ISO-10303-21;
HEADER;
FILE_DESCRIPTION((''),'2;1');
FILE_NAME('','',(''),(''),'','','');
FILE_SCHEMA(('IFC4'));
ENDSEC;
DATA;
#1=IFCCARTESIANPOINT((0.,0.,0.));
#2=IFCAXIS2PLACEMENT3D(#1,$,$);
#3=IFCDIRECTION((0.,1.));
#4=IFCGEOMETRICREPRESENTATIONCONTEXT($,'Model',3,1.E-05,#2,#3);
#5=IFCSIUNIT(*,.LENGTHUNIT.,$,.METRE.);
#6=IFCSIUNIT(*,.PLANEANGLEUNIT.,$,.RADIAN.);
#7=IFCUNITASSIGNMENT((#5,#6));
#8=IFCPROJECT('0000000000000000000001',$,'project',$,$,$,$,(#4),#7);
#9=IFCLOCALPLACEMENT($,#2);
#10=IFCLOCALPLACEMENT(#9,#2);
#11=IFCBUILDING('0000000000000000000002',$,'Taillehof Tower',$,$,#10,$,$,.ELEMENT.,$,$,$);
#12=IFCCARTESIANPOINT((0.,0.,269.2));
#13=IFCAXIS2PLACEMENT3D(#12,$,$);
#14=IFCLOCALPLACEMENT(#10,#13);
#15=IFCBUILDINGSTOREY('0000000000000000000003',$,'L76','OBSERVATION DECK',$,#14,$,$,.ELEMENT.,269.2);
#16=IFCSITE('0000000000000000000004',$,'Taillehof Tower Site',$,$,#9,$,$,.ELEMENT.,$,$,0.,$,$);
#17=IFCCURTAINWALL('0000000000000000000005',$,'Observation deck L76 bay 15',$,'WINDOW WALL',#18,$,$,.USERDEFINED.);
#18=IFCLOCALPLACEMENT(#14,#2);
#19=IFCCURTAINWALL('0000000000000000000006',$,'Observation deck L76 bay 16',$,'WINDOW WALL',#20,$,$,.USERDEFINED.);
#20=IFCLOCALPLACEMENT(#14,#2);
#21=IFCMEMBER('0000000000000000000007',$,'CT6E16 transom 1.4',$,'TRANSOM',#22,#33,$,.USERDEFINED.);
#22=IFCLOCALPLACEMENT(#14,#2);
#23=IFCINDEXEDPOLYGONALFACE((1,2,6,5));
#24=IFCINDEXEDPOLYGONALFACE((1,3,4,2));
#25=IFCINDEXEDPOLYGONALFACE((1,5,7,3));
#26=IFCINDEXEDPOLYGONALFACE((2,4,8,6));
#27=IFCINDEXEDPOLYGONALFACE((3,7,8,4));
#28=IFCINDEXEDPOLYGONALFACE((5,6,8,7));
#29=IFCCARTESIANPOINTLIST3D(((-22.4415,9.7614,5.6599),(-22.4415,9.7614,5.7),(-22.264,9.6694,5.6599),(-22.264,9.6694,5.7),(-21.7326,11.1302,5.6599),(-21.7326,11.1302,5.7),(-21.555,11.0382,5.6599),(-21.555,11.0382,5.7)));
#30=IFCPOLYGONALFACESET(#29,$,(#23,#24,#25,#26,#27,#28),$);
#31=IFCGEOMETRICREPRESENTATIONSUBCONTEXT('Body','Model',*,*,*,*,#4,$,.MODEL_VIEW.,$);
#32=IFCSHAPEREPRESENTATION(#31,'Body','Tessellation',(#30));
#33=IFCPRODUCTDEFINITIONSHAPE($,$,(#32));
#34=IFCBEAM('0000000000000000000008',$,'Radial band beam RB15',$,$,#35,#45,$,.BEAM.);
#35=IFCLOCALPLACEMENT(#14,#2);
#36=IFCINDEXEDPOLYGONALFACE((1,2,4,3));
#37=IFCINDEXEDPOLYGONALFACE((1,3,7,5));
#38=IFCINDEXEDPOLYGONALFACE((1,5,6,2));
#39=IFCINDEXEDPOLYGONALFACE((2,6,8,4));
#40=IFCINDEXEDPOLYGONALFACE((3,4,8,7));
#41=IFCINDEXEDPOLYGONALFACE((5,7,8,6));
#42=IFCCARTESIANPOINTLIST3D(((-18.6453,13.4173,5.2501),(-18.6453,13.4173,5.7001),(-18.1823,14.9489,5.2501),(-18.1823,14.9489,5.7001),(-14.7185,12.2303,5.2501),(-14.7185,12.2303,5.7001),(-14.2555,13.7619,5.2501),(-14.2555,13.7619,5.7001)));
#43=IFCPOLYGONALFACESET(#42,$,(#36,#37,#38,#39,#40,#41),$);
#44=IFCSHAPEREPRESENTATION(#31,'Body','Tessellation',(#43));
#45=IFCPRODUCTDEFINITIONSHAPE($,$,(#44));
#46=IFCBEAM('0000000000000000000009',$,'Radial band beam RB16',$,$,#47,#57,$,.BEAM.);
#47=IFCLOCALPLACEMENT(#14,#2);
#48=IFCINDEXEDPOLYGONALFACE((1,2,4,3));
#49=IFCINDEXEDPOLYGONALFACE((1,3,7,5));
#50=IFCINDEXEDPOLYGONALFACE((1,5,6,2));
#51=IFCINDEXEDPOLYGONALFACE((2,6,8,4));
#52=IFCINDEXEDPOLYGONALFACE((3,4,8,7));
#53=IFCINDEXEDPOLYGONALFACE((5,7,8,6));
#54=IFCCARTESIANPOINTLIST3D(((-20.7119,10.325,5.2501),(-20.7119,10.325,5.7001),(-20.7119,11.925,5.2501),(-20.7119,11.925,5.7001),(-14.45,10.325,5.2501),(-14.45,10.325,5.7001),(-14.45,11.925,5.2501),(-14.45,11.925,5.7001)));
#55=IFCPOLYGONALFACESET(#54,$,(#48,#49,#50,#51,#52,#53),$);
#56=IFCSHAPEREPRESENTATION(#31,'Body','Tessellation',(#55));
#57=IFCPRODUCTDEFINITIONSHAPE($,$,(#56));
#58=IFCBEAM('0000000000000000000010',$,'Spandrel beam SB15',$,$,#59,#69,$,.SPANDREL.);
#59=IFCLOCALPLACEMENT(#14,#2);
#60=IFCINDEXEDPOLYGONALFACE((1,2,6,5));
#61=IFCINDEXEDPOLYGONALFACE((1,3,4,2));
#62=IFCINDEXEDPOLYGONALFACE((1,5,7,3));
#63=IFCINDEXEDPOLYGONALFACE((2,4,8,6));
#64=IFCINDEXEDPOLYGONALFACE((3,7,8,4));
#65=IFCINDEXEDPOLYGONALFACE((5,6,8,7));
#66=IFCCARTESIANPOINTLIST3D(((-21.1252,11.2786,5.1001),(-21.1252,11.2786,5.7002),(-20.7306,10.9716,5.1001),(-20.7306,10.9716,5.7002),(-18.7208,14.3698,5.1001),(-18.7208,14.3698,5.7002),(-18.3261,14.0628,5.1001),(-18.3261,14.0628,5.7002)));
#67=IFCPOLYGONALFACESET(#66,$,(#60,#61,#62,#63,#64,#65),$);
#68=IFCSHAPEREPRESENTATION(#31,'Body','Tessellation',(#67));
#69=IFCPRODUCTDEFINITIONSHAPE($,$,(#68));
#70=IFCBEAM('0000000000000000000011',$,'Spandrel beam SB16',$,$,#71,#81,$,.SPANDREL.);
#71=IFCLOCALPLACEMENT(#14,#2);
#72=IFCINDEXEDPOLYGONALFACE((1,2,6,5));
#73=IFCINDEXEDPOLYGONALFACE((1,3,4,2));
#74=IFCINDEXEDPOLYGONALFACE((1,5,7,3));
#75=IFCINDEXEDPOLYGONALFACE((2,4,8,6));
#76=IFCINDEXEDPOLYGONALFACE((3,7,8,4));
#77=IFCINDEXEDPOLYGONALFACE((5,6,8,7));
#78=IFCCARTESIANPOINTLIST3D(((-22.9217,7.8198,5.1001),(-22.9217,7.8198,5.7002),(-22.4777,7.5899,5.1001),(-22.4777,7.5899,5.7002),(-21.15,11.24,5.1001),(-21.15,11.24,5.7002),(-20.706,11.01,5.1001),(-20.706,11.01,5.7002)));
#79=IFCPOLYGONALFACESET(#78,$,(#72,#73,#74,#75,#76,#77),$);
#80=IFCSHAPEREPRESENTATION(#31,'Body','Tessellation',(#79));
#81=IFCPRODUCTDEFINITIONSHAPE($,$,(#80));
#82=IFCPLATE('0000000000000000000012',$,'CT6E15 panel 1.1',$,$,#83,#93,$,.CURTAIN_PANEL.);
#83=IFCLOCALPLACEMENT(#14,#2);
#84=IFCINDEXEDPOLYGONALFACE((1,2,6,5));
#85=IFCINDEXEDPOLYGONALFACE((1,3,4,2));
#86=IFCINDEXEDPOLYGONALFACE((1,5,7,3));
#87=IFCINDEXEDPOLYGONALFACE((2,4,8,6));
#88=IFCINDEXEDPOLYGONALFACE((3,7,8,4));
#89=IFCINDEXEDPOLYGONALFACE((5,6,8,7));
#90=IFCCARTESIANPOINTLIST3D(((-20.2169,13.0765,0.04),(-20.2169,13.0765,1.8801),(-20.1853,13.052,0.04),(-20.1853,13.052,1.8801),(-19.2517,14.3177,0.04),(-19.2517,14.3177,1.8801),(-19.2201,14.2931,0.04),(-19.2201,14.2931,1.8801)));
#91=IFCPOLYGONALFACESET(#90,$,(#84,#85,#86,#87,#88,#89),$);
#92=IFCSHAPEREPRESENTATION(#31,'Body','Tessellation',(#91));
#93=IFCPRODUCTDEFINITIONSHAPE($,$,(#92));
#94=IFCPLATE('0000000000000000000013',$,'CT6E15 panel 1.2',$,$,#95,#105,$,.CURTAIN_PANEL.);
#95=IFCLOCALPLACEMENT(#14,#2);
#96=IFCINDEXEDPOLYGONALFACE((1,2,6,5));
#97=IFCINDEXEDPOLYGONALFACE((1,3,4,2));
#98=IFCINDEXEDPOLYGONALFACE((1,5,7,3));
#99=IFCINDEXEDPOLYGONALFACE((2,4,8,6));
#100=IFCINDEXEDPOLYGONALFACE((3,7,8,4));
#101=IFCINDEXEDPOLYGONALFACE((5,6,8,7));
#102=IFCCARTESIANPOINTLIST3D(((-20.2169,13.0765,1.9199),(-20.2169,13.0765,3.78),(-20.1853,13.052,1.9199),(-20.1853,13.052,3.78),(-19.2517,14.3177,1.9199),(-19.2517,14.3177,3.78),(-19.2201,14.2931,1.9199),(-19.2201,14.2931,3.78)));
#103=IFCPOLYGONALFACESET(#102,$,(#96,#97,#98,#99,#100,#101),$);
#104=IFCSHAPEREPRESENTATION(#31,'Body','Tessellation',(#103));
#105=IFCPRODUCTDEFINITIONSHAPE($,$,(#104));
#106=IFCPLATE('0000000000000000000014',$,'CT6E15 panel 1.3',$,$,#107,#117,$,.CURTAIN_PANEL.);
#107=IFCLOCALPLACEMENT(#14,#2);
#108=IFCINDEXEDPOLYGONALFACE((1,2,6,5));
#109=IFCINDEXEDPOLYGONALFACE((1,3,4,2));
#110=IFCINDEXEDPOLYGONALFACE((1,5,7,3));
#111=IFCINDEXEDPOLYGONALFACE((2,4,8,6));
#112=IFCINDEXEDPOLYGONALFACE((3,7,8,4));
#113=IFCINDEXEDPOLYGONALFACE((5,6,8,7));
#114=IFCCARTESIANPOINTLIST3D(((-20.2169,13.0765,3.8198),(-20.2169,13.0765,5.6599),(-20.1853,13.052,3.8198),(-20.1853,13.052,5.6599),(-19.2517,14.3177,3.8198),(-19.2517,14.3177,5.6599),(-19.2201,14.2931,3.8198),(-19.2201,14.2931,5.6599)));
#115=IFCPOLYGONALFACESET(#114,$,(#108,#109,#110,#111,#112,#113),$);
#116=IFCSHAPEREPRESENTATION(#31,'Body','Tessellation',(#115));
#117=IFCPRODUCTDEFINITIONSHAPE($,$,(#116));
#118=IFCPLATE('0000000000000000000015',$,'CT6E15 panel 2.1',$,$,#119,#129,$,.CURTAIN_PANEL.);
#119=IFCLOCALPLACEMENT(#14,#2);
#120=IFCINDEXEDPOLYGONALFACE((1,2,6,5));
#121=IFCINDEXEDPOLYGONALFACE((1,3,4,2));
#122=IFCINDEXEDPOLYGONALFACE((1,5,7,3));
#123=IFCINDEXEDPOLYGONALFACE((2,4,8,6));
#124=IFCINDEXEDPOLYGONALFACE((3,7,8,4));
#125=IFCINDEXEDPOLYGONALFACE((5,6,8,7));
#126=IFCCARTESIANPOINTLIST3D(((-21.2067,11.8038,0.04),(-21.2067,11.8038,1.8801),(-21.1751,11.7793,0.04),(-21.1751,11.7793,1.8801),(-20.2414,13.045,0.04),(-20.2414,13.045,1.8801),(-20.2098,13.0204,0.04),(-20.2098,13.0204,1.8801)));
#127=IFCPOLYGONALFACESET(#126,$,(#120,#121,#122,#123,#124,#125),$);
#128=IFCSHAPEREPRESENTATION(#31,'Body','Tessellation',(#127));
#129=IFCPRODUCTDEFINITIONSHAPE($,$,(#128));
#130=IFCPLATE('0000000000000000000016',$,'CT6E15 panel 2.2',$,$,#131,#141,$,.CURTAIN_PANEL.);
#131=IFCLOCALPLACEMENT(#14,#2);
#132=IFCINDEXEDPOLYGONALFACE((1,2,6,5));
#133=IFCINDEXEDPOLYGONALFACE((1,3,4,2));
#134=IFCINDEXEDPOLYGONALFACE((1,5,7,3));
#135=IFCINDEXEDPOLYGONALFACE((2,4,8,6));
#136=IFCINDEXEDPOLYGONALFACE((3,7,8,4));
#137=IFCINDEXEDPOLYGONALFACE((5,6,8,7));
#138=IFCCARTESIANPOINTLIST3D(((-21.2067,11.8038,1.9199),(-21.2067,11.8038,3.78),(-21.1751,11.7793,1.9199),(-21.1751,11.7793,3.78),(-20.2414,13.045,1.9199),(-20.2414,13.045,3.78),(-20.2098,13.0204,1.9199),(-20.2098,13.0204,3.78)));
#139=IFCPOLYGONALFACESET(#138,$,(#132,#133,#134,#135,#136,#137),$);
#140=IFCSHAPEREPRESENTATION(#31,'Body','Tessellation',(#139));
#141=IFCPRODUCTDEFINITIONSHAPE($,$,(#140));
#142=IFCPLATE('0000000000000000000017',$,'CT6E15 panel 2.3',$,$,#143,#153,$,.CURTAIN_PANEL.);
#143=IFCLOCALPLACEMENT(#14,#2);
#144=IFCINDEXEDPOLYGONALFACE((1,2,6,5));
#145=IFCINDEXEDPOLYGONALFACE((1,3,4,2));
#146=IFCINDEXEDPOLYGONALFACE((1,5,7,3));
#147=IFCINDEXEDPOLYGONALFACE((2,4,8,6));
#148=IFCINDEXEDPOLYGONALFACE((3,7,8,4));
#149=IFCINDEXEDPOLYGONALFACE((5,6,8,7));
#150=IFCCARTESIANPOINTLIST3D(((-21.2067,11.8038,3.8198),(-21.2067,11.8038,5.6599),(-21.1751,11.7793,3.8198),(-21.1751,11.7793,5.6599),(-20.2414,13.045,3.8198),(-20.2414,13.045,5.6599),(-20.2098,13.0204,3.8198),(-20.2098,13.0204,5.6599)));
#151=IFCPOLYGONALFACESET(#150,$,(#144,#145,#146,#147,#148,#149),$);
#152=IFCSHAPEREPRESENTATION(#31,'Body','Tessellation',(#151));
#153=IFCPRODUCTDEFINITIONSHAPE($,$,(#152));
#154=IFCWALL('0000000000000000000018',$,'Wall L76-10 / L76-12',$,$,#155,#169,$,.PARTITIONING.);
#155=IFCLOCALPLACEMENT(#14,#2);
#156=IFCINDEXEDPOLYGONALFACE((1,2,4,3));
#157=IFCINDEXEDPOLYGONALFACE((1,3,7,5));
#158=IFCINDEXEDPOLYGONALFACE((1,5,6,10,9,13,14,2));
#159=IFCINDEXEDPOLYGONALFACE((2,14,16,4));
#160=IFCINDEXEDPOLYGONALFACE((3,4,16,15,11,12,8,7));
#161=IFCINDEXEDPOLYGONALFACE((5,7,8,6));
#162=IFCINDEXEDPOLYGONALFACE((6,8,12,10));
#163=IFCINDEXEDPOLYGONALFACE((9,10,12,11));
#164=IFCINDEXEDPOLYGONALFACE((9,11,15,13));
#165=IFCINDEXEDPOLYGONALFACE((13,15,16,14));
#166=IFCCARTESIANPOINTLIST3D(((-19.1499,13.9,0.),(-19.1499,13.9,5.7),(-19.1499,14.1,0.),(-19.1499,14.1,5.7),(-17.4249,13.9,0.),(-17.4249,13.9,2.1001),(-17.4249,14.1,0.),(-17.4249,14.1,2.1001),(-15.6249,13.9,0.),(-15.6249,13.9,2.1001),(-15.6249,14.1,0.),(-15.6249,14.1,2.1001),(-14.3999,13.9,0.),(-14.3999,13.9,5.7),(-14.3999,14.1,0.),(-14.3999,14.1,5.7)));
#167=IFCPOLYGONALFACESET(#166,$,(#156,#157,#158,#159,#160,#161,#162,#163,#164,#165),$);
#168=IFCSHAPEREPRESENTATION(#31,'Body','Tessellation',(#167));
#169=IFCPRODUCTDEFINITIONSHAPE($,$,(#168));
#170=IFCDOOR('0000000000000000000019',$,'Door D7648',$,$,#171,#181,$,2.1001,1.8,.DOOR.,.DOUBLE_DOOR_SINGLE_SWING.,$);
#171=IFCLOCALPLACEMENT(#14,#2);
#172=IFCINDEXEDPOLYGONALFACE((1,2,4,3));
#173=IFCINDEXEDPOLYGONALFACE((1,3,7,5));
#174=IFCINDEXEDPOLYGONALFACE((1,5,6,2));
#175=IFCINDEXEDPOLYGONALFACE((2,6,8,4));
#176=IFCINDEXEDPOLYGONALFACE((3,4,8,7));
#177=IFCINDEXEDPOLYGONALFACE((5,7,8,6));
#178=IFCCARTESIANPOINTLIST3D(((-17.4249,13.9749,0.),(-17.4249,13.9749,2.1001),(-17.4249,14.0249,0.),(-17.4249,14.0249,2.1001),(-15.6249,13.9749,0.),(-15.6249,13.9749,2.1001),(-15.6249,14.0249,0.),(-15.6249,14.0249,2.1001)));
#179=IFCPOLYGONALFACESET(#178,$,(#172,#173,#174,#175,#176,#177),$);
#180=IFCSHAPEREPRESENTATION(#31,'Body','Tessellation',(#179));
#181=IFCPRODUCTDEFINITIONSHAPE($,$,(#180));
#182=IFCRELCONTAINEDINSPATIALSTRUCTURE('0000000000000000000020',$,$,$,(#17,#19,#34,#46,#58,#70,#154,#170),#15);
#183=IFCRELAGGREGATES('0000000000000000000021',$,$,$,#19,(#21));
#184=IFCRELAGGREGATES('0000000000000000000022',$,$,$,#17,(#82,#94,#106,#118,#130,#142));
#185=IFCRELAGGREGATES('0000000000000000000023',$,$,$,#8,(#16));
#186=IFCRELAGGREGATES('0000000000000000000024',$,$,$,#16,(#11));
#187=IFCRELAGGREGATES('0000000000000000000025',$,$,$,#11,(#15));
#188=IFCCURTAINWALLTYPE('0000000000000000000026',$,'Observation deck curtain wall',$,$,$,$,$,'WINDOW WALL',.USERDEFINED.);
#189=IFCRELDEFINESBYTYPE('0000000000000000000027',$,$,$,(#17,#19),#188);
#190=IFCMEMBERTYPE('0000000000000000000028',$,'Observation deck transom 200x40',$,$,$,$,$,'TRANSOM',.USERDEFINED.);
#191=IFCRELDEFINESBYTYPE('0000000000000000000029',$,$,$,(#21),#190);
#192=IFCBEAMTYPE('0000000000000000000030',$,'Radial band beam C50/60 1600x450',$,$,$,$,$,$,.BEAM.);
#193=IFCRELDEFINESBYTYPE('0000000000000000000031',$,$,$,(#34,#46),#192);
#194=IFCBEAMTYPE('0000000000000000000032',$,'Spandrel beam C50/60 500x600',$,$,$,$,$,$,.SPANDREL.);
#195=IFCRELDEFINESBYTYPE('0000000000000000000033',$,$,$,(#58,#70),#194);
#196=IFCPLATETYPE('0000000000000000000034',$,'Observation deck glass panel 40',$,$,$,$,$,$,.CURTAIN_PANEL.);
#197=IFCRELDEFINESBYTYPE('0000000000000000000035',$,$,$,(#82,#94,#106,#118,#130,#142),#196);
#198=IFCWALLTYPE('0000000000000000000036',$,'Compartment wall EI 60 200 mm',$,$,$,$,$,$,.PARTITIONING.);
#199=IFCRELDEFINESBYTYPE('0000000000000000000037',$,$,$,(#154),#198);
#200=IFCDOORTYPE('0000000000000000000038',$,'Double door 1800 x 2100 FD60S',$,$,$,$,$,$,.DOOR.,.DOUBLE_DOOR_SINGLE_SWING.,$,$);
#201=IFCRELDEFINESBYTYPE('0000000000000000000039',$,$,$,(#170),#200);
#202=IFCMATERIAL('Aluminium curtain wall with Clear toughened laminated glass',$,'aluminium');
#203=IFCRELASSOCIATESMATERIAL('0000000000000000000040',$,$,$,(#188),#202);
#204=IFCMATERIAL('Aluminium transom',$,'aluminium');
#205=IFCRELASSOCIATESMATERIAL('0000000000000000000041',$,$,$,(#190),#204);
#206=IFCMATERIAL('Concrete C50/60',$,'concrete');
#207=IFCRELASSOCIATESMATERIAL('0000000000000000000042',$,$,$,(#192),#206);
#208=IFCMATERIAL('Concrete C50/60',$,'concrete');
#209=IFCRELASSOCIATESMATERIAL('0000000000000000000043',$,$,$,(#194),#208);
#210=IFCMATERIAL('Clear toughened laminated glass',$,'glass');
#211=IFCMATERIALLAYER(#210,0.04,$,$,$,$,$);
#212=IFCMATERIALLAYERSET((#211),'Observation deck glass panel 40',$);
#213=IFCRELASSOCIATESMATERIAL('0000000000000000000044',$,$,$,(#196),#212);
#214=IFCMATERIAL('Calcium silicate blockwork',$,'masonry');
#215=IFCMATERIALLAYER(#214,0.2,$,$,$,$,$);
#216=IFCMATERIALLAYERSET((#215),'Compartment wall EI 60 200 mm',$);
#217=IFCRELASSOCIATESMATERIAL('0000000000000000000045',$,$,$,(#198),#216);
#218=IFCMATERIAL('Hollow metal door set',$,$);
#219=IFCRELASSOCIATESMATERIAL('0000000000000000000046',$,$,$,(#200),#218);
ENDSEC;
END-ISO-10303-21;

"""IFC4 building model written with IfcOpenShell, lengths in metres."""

from ifc_helpers import new_model, si_unit, direction, frame, frame_2d, origin, origin_2d, place, context, subcontext, project, spatial, rectangle, extrude, material, layer, layer_set, material_profile, profile_set, type_object, element, fill, aggregate, save


model = new_model("IFC4")

# Units and contexts
model_context = context("Model", 3, precision=1e-05, world=origin(), true_north=direction((0.0, 1.0)))
body_context = subcontext(model_context, "Body", "Model", "MODEL_VIEW")
ifc_project = project(units=[si_unit("LENGTHUNIT", "METRE"), si_unit("PLANEANGLEUNIT", "RADIAN")], contexts=[model_context])

# Site, building, storey
site_placement = place(None, origin())
site = spatial("IfcSite", under=ifc_project, at=site_placement, Name="Taillehof Tower Site", CompositionType="ELEMENT", RefElevation=0.0)
building_placement = place(site_placement, origin())
building = spatial("IfcBuilding", under=site, at=building_placement, Name="Taillehof Tower", CompositionType="ELEMENT")
storey_placement = place(building_placement, frame((0.0, 0.0, 269.2)))
storey = spatial("IfcBuildingStorey", under=building, at=storey_placement, Name="L76", Description="OBSERVATION DECK", CompositionType="ELEMENT", Elevation=269.2)

# Curtain wall
ifc_material_1 = material(Name="Aluminium curtain wall with Clear toughened laminated glass", Category="aluminium")
curtain_wall_type = type_object("IfcCurtainWallType", Name="Observation deck curtain wall", ElementType="WINDOW WALL", PredefinedType="USERDEFINED", material=ifc_material_1)
curtain_wall_1_placement = place(storey_placement, origin())
curtain_wall_1 = element("IfcCurtainWall", 1, at=curtain_wall_1_placement, inside=storey, type_object=curtain_wall_type, Name="Observation deck L76 bay 15", ObjectType="WINDOW WALL", PredefinedType="USERDEFINED")

# Curtain wall
curtain_wall_2_placement = place(storey_placement, origin())
curtain_wall_2 = element("IfcCurtainWall", 2, at=curtain_wall_2_placement, inside=storey, type_object=curtain_wall_type, Name="Observation deck L76 bay 16", ObjectType="WINDOW WALL", PredefinedType="USERDEFINED")

# Member
ifc_material_2 = material(Name="Aluminium transom", Category="aluminium")
ifc_material_profile_1 = material_profile(ifc_material_2, rectangle(XDim=0.2, YDim=0.04, at=origin_2d()), Name="AL 200x40")
ifc_profile_set_1 = profile_set([ifc_material_profile_1], Name="Aluminium transom")
member_type_1 = type_object("IfcMemberType", Name="Observation deck transom 200x40", ElementType="TRANSOM", PredefinedType="USERDEFINED", material=ifc_profile_set_1)
member_1_placement = place(storey_placement, frame((-21.6438, 11.0842, 5.6799), z_axis=(-0.459901, -0.88797, 0.0), x_axis=(0.88797, -0.459901, 0.0)))
member_1 = element("IfcMember", 3, at=member_1_placement, type_object=member_type_1, Name="CT6E16 transom 1.4", ObjectType="TRANSOM", PredefinedType="USERDEFINED", context=body_context, shape_type="SweptSolid", body=[
    extrude(rectangle(XDim=0.2, YDim=0.04, at=origin_2d()), origin(), (0.0, 0.0, 1.0), 1.5415),
])
aggregate(curtain_wall_2, [member_1])

# Beams
ifc_material_3 = material(Name="Concrete C50/60", Category="concrete")
ifc_material_profile_2 = material_profile(ifc_material_3, rectangle(XDim=1.6001, YDim=0.45, at=origin_2d()), Name="RC 1600x450")
ifc_profile_set_2 = profile_set([ifc_material_profile_2], Name="Concrete C50/60")
beam_type_1 = type_object("IfcBeamType", Name="Radial band beam C50/60 1600x450", PredefinedType="BEAM", material=ifc_profile_set_2)
beam_1_placement = place(storey_placement, frame((-18.4138, 14.1831, 5.4751), z_axis=(0.957221, -0.289357, 0.0), x_axis=(0.289357, 0.957221, 0.0)))
element("IfcBeam", 4, at=beam_1_placement, inside=storey, type_object=beam_type_1, Name="Radial band beam RB15", PredefinedType="BEAM", context=body_context, shape_type="SweptSolid", body=[
    extrude(rectangle(XDim=1.6001, YDim=0.45, at=origin_2d()), origin(), (0.0, 0.0, 1.0), 4.1023),
])
beam_2_placement = place(storey_placement, frame((-20.7119, 11.125, 5.4751), z_axis=(1.0, 0.0, 0.0), x_axis=(0.0, 1.0, 0.0)))
element("IfcBeam", 5, at=beam_2_placement, inside=storey, type_object=beam_type_1, Name="Radial band beam RB16", PredefinedType="BEAM", context=body_context, shape_type="SweptSolid", body=[
    extrude(rectangle(XDim=1.6001, YDim=0.45, at=origin_2d()), origin(), (0.0, 0.0, 1.0), 6.262),
])
ifc_material_4 = material(Name="Concrete C50/60", Category="concrete")
ifc_material_profile_3 = material_profile(ifc_material_4, rectangle(XDim=0.5, YDim=0.6001, at=origin_2d()), Name="RC 500x600")
ifc_profile_set_3 = profile_set([ifc_material_profile_3], Name="Concrete C50/60")
beam_type_2 = type_object("IfcBeamType", Name="Spandrel beam C50/60 500x600", PredefinedType="SPANDREL", material=ifc_profile_set_3)
beam_3_placement = place(storey_placement, frame((-18.5234, 14.2163, 5.4001), z_axis=(-0.613971, -0.789329, 0.0), x_axis=(0.789329, -0.613971, 0.0)))
element("IfcBeam", 6, at=beam_3_placement, inside=storey, type_object=beam_type_2, Name="Spandrel beam SB15", PredefinedType="SPANDREL", context=body_context, shape_type="SweptSolid", body=[
    extrude(rectangle(XDim=0.5, YDim=0.6001, at=origin_2d()), origin(), (0.0, 0.0, 1.0), 3.9163),
])
beam_4_placement = place(storey_placement, frame((-20.928, 11.125, 5.4001), z_axis=(-0.459971, -0.887934, 0.0), x_axis=(0.887934, -0.459971, 0.0)))
element("IfcBeam", 7, at=beam_4_placement, inside=storey, type_object=beam_type_2, Name="Spandrel beam SB16", PredefinedType="SPANDREL", context=body_context, shape_type="SweptSolid", body=[
    extrude(rectangle(XDim=0.5, YDim=0.6001, at=origin_2d()), origin(), (0.0, 0.0, 1.0), 3.8518),
])

# Plates
ifc_material_5 = material(Name="Clear toughened laminated glass", Category="glass")
ifc_layer_1 = layer(ifc_material_5, 0.04)
ifc_layer_set_1 = layer_set([ifc_layer_1], Name="Observation deck glass panel 40")
plate_type = type_object("IfcPlateType", Name="Observation deck glass panel 40", PredefinedType="CURTAIN_PANEL", material=ifc_layer_set_1)
plate_1_placement = place(storey_placement, frame((-19.7185, 13.6848, 0.04), z_axis=(0.0, 0.0, 1.0), x_axis=(-0.613903, -0.789382, 0.0)))
plate_1 = element("IfcPlate", 8, at=plate_1_placement, type_object=plate_type, Name="CT6E15 panel 1.1", PredefinedType="CURTAIN_PANEL", context=body_context, shape_type="SweptSolid", body=[
    extrude(rectangle(XDim=1.5723, YDim=0.04, at=origin_2d()), origin(), (0.0, 0.0, 1.0), 1.8401),
])
plate_2_placement = place(storey_placement, frame((-19.7185, 13.6848, 1.9199), z_axis=(0.0, 0.0, 1.0), x_axis=(-0.613903, -0.789382, 0.0)))
plate_2 = element("IfcPlate", 9, at=plate_2_placement, type_object=plate_type, Name="CT6E15 panel 1.2", PredefinedType="CURTAIN_PANEL", context=body_context, shape_type="SweptSolid", body=[
    extrude(rectangle(XDim=1.5723, YDim=0.04, at=origin_2d()), origin(), (0.0, 0.0, 1.0), 1.8601),
])
plate_3_placement = place(storey_placement, frame((-19.7185, 13.6848, 3.8198), z_axis=(0.0, 0.0, 1.0), x_axis=(-0.613903, -0.789382, 0.0)))
plate_3 = element("IfcPlate", 10, at=plate_3_placement, type_object=plate_type, Name="CT6E15 panel 1.3", PredefinedType="CURTAIN_PANEL", context=body_context, shape_type="SweptSolid", body=[
    extrude(rectangle(XDim=1.5723, YDim=0.04, at=origin_2d()), origin(), (0.0, 0.0, 1.0), 1.8401),
])
plate_4_placement = place(storey_placement, frame((-20.7083, 12.4121, 0.04), z_axis=(0.0, 0.0, 1.0), x_axis=(-0.613903, -0.789382, 0.0)))
plate_4 = element("IfcPlate", 11, at=plate_4_placement, type_object=plate_type, Name="CT6E15 panel 2.1", PredefinedType="CURTAIN_PANEL", context=body_context, shape_type="SweptSolid", body=[
    extrude(rectangle(XDim=1.5723, YDim=0.04, at=origin_2d()), origin(), (0.0, 0.0, 1.0), 1.8401),
])
plate_5_placement = place(storey_placement, frame((-20.7083, 12.4121, 1.9199), z_axis=(0.0, 0.0, 1.0), x_axis=(-0.613903, -0.789382, 0.0)))
plate_5 = element("IfcPlate", 12, at=plate_5_placement, type_object=plate_type, Name="CT6E15 panel 2.2", PredefinedType="CURTAIN_PANEL", context=body_context, shape_type="SweptSolid", body=[
    extrude(rectangle(XDim=1.5723, YDim=0.04, at=origin_2d()), origin(), (0.0, 0.0, 1.0), 1.8601),
])
plate_6_placement = place(storey_placement, frame((-20.7083, 12.4121, 3.8198), z_axis=(0.0, 0.0, 1.0), x_axis=(-0.613903, -0.789382, 0.0)))
plate_6 = element("IfcPlate", 13, at=plate_6_placement, type_object=plate_type, Name="CT6E15 panel 2.3", PredefinedType="CURTAIN_PANEL", context=body_context, shape_type="SweptSolid", body=[
    extrude(rectangle(XDim=1.5723, YDim=0.04, at=origin_2d()), origin(), (0.0, 0.0, 1.0), 1.8401),
])
aggregate(curtain_wall_1, [plate_1, plate_2, plate_3, plate_4, plate_5, plate_6])

# Wall, opening, door
ifc_material_6 = material(Name="Calcium silicate blockwork", Category="masonry")
ifc_layer_2 = layer(ifc_material_6, 0.2)
ifc_layer_set_2 = layer_set([ifc_layer_2], Name="Compartment wall EI 60 200 mm")
wall_type = type_object("IfcWallType", Name="Compartment wall EI 60 200 mm", PredefinedType="PARTITIONING", material=ifc_layer_set_2)
wall_placement = place(storey_placement, frame((-19.1499, 14.0, 0.0), z_axis=(0.0, 0.0, 1.0), x_axis=(1.0, 0.0, 0.0)))
wall = element("IfcWall", 14, at=wall_placement, inside=storey, type_object=wall_type, Name="Wall L76-10 / L76-12", PredefinedType="PARTITIONING", context=body_context, shape_type="SweptSolid", body=[
    extrude(rectangle(XDim=4.75, YDim=0.2, at=frame_2d((2.375, 0.0))), origin(), (0.0, 0.0, 1.0), 5.7),
])
opening_placement = place(wall_placement, frame((1.7251, 0.0, 0.0)))
opening = element("IfcOpeningElement", 15, at=opening_placement, cuts=wall, PredefinedType="OPENING", context=body_context, shape_type="SweptSolid", body=[
    extrude(rectangle(XDim=1.8, YDim=2.1001, at=frame_2d((0.8999, 1.05))), frame((0.0, 0.1099, 0.0), z_axis=(0.0, -1.0, 0.0), x_axis=(1.0, 0.0, 0.0)), (0.0, 0.0, 1.0), 0.22),
])
ifc_material_7 = material(Name="Hollow metal door set")
door_type = type_object("IfcDoorType", Name="Double door 1800 x 2100 FD60S", OperationType="DOUBLE_DOOR_SINGLE_SWING", PredefinedType="DOOR", material=ifc_material_7)
door_placement = place(opening_placement, origin())
door = element("IfcDoor", 16, at=door_placement, inside=storey, type_object=door_type, Name="Door D7648", OperationType="DOUBLE_DOOR_SINGLE_SWING", OverallHeight=2.1001, OverallWidth=1.8, PredefinedType="DOOR", context=body_context, shape_type="SweptSolid", body=[
    extrude(rectangle(XDim=1.8, YDim=2.1001, at=frame_2d((0.8999, 1.05))), frame((0.0, 0.0249, 0.0), z_axis=(0.0, -1.0, 0.0), x_axis=(1.0, 0.0, 0.0)), (0.0, 0.0, 1.0), 0.05),
])
fill(opening, door)

save(model, "model.ifc")
